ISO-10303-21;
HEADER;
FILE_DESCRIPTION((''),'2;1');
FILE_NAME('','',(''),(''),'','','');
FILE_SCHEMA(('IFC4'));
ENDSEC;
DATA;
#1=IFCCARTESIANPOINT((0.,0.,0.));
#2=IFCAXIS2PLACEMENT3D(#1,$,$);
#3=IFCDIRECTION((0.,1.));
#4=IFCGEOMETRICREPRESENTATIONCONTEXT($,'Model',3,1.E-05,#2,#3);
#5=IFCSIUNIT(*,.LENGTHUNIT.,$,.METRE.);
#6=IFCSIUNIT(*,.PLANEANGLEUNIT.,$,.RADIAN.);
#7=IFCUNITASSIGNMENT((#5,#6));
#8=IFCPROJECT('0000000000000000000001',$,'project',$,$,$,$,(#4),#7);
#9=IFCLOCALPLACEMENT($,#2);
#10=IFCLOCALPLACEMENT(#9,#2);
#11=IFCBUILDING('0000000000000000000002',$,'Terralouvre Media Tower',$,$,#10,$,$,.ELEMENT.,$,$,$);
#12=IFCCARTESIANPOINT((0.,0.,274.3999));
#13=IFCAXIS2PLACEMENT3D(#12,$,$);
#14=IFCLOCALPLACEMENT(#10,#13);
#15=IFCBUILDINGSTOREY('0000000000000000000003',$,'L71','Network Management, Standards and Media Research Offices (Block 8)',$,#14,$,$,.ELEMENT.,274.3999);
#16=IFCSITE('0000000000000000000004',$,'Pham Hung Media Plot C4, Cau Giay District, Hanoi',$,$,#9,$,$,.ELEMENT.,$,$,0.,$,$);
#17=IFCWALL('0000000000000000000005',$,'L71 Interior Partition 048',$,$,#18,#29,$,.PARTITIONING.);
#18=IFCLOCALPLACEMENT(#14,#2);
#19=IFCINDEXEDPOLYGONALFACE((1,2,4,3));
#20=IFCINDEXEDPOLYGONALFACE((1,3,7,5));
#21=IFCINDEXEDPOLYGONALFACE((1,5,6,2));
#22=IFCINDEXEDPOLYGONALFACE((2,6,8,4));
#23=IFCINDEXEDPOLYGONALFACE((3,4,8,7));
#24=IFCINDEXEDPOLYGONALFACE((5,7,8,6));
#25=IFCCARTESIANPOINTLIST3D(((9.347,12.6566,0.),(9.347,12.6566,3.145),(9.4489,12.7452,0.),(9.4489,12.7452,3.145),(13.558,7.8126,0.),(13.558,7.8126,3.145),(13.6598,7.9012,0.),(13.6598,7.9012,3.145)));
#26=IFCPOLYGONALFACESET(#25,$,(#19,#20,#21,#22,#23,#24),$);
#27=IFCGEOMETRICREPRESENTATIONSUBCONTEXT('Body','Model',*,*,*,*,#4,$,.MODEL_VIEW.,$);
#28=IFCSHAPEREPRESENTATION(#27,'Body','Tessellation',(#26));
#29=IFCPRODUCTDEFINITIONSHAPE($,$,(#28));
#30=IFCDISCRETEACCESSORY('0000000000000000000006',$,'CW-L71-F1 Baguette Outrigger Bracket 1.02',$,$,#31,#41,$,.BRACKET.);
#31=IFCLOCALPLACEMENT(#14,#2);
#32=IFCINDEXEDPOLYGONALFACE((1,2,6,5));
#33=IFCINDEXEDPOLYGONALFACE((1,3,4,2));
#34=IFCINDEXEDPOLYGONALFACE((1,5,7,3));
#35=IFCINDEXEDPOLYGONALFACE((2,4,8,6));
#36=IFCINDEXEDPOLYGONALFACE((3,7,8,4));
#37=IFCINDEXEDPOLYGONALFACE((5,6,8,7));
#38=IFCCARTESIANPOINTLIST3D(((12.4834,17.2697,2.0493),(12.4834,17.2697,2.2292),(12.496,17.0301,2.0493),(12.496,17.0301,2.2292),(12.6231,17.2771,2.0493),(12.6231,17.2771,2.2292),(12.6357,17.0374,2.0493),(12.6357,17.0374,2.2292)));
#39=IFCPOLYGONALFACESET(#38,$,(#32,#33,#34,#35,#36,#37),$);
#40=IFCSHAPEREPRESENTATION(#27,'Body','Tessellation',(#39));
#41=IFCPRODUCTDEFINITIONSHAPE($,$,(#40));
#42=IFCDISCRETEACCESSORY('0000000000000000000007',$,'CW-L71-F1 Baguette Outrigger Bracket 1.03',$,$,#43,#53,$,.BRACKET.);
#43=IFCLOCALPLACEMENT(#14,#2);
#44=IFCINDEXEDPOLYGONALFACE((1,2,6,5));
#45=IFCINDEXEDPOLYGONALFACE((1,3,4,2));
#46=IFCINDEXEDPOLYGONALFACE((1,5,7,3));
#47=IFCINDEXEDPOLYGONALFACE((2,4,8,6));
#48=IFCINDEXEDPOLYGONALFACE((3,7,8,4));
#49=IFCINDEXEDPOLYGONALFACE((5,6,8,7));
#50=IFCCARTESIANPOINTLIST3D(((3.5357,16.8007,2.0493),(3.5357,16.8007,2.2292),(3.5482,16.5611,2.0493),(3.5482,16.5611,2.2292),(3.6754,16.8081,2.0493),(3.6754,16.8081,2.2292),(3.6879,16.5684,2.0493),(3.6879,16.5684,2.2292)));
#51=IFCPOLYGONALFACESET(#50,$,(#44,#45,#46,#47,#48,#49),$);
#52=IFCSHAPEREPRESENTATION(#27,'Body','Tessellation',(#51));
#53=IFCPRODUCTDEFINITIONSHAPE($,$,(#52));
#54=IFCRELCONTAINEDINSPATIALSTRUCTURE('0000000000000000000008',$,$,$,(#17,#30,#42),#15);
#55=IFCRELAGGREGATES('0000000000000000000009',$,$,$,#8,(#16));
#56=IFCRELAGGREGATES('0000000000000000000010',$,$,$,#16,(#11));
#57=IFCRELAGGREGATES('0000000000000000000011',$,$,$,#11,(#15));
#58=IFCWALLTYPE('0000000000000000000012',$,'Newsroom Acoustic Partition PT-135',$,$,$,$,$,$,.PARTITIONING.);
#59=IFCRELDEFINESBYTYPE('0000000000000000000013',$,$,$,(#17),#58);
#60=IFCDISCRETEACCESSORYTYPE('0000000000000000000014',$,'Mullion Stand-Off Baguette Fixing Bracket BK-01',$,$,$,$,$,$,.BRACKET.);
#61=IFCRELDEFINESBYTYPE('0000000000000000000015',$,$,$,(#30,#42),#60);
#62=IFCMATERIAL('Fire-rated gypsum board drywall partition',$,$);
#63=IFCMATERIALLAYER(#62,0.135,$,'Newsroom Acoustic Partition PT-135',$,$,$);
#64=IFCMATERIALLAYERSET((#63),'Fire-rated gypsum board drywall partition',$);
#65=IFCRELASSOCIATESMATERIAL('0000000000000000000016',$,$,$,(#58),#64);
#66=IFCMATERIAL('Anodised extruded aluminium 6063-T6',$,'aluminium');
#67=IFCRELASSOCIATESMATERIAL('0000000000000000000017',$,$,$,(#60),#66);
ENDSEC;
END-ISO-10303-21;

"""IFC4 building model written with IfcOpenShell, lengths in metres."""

from ifc_helpers import new_model, si_unit, direction, frame, frame_2d, origin, origin_2d, place, context, subcontext, project, spatial, rectangle, extrude, material, layer, layer_set, type_object, element, save


model = new_model("IFC4")

# Units and contexts
model_context = context("Model", 3, precision=1e-05, world=origin(), true_north=direction((0.0, 1.0)))
body_context = subcontext(model_context, "Body", "Model", "MODEL_VIEW")
ifc_project = project(units=[si_unit("LENGTHUNIT", "METRE"), si_unit("PLANEANGLEUNIT", "RADIAN")], contexts=[model_context])

# Site, building, storey
site_placement = place(None, origin())
site = spatial("IfcSite", under=ifc_project, at=site_placement, Name="Pham Hung Media Plot C4, Cau Giay District, Hanoi", CompositionType="ELEMENT", RefElevation=0.0)
building_placement = place(site_placement, origin())
building = spatial("IfcBuilding", under=site, at=building_placement, Name="Terralouvre Media Tower", CompositionType="ELEMENT")
storey_placement = place(building_placement, frame((0.0, 0.0, 274.3999)))
storey = spatial("IfcBuildingStorey", under=building, at=storey_placement, Name="L71", Description="Network Management, Standards and Media Research Offices (Block 8)", CompositionType="ELEMENT", Elevation=274.3999)

# Shared definitions
ifc_material_1 = material(Name="Fire-rated gypsum board drywall partition")
ifc_layer_1 = layer(ifc_material_1, 0.135, Name="Newsroom Acoustic Partition PT-135")
ifc_layer_set_1 = layer_set([ifc_layer_1], Name="Fire-rated gypsum board drywall partition")
wall_type = type_object("IfcWallType", Name="Newsroom Acoustic Partition PT-135", PredefinedType="PARTITIONING", material=ifc_layer_set_1)

# Wall
wall_1_placement = place(storey_placement, frame((9.3979, 12.7009, 0.0), z_axis=(0.0, 0.0, 1.0), x_axis=(0.656069, -0.754701, 0.0)))
element("IfcWall", 1, at=wall_1_placement, inside=storey, type_object=wall_type, Name="L71 Interior Partition 048", PredefinedType="PARTITIONING", context=body_context, shape_type="SweptSolid", body=[
    extrude(rectangle(XDim=6.4185, YDim=0.135, at=frame_2d((3.2092, 0.0))), origin(), (0.0, 0.0, 1.0), 3.145),
])

# Discrete accessories
ifc_material_2 = material(Name="Anodised extruded aluminium 6063-T6", Category="aluminium")
discrete_accessory_type = type_object("IfcDiscreteAccessoryType", Name="Mullion Stand-Off Baguette Fixing Bracket BK-01", PredefinedType="BRACKET", material=ifc_material_2)
for number, where, z_axis, x_axis, name in (
    (2, (12.5596, 17.1536, 2.0493), (0.0, 0.0, 1.0), (-0.99863, -0.052336, 0.0), "CW-L71-F1 Baguette Outrigger Bracket 1.02"),
    (3, (3.6118, 16.6846, 2.0493), (0.0, 0.0, 1.0), (-0.99863, -0.052336, 0.0), "CW-L71-F1 Baguette Outrigger Bracket 1.03"),
):
    element("IfcDiscreteAccessory", number, at=place(storey_placement, frame(where, z_axis=z_axis, x_axis=x_axis)), inside=storey, type_object=discrete_accessory_type, Name=name, PredefinedType="BRACKET", context=body_context, shape_type="SweptSolid", body=[
        extrude(rectangle(XDim=0.1399, YDim=0.24, at=origin_2d()), origin(), (0.0, 0.0, 1.0), 0.1799),
    ])

save(model, "model.ifc")
